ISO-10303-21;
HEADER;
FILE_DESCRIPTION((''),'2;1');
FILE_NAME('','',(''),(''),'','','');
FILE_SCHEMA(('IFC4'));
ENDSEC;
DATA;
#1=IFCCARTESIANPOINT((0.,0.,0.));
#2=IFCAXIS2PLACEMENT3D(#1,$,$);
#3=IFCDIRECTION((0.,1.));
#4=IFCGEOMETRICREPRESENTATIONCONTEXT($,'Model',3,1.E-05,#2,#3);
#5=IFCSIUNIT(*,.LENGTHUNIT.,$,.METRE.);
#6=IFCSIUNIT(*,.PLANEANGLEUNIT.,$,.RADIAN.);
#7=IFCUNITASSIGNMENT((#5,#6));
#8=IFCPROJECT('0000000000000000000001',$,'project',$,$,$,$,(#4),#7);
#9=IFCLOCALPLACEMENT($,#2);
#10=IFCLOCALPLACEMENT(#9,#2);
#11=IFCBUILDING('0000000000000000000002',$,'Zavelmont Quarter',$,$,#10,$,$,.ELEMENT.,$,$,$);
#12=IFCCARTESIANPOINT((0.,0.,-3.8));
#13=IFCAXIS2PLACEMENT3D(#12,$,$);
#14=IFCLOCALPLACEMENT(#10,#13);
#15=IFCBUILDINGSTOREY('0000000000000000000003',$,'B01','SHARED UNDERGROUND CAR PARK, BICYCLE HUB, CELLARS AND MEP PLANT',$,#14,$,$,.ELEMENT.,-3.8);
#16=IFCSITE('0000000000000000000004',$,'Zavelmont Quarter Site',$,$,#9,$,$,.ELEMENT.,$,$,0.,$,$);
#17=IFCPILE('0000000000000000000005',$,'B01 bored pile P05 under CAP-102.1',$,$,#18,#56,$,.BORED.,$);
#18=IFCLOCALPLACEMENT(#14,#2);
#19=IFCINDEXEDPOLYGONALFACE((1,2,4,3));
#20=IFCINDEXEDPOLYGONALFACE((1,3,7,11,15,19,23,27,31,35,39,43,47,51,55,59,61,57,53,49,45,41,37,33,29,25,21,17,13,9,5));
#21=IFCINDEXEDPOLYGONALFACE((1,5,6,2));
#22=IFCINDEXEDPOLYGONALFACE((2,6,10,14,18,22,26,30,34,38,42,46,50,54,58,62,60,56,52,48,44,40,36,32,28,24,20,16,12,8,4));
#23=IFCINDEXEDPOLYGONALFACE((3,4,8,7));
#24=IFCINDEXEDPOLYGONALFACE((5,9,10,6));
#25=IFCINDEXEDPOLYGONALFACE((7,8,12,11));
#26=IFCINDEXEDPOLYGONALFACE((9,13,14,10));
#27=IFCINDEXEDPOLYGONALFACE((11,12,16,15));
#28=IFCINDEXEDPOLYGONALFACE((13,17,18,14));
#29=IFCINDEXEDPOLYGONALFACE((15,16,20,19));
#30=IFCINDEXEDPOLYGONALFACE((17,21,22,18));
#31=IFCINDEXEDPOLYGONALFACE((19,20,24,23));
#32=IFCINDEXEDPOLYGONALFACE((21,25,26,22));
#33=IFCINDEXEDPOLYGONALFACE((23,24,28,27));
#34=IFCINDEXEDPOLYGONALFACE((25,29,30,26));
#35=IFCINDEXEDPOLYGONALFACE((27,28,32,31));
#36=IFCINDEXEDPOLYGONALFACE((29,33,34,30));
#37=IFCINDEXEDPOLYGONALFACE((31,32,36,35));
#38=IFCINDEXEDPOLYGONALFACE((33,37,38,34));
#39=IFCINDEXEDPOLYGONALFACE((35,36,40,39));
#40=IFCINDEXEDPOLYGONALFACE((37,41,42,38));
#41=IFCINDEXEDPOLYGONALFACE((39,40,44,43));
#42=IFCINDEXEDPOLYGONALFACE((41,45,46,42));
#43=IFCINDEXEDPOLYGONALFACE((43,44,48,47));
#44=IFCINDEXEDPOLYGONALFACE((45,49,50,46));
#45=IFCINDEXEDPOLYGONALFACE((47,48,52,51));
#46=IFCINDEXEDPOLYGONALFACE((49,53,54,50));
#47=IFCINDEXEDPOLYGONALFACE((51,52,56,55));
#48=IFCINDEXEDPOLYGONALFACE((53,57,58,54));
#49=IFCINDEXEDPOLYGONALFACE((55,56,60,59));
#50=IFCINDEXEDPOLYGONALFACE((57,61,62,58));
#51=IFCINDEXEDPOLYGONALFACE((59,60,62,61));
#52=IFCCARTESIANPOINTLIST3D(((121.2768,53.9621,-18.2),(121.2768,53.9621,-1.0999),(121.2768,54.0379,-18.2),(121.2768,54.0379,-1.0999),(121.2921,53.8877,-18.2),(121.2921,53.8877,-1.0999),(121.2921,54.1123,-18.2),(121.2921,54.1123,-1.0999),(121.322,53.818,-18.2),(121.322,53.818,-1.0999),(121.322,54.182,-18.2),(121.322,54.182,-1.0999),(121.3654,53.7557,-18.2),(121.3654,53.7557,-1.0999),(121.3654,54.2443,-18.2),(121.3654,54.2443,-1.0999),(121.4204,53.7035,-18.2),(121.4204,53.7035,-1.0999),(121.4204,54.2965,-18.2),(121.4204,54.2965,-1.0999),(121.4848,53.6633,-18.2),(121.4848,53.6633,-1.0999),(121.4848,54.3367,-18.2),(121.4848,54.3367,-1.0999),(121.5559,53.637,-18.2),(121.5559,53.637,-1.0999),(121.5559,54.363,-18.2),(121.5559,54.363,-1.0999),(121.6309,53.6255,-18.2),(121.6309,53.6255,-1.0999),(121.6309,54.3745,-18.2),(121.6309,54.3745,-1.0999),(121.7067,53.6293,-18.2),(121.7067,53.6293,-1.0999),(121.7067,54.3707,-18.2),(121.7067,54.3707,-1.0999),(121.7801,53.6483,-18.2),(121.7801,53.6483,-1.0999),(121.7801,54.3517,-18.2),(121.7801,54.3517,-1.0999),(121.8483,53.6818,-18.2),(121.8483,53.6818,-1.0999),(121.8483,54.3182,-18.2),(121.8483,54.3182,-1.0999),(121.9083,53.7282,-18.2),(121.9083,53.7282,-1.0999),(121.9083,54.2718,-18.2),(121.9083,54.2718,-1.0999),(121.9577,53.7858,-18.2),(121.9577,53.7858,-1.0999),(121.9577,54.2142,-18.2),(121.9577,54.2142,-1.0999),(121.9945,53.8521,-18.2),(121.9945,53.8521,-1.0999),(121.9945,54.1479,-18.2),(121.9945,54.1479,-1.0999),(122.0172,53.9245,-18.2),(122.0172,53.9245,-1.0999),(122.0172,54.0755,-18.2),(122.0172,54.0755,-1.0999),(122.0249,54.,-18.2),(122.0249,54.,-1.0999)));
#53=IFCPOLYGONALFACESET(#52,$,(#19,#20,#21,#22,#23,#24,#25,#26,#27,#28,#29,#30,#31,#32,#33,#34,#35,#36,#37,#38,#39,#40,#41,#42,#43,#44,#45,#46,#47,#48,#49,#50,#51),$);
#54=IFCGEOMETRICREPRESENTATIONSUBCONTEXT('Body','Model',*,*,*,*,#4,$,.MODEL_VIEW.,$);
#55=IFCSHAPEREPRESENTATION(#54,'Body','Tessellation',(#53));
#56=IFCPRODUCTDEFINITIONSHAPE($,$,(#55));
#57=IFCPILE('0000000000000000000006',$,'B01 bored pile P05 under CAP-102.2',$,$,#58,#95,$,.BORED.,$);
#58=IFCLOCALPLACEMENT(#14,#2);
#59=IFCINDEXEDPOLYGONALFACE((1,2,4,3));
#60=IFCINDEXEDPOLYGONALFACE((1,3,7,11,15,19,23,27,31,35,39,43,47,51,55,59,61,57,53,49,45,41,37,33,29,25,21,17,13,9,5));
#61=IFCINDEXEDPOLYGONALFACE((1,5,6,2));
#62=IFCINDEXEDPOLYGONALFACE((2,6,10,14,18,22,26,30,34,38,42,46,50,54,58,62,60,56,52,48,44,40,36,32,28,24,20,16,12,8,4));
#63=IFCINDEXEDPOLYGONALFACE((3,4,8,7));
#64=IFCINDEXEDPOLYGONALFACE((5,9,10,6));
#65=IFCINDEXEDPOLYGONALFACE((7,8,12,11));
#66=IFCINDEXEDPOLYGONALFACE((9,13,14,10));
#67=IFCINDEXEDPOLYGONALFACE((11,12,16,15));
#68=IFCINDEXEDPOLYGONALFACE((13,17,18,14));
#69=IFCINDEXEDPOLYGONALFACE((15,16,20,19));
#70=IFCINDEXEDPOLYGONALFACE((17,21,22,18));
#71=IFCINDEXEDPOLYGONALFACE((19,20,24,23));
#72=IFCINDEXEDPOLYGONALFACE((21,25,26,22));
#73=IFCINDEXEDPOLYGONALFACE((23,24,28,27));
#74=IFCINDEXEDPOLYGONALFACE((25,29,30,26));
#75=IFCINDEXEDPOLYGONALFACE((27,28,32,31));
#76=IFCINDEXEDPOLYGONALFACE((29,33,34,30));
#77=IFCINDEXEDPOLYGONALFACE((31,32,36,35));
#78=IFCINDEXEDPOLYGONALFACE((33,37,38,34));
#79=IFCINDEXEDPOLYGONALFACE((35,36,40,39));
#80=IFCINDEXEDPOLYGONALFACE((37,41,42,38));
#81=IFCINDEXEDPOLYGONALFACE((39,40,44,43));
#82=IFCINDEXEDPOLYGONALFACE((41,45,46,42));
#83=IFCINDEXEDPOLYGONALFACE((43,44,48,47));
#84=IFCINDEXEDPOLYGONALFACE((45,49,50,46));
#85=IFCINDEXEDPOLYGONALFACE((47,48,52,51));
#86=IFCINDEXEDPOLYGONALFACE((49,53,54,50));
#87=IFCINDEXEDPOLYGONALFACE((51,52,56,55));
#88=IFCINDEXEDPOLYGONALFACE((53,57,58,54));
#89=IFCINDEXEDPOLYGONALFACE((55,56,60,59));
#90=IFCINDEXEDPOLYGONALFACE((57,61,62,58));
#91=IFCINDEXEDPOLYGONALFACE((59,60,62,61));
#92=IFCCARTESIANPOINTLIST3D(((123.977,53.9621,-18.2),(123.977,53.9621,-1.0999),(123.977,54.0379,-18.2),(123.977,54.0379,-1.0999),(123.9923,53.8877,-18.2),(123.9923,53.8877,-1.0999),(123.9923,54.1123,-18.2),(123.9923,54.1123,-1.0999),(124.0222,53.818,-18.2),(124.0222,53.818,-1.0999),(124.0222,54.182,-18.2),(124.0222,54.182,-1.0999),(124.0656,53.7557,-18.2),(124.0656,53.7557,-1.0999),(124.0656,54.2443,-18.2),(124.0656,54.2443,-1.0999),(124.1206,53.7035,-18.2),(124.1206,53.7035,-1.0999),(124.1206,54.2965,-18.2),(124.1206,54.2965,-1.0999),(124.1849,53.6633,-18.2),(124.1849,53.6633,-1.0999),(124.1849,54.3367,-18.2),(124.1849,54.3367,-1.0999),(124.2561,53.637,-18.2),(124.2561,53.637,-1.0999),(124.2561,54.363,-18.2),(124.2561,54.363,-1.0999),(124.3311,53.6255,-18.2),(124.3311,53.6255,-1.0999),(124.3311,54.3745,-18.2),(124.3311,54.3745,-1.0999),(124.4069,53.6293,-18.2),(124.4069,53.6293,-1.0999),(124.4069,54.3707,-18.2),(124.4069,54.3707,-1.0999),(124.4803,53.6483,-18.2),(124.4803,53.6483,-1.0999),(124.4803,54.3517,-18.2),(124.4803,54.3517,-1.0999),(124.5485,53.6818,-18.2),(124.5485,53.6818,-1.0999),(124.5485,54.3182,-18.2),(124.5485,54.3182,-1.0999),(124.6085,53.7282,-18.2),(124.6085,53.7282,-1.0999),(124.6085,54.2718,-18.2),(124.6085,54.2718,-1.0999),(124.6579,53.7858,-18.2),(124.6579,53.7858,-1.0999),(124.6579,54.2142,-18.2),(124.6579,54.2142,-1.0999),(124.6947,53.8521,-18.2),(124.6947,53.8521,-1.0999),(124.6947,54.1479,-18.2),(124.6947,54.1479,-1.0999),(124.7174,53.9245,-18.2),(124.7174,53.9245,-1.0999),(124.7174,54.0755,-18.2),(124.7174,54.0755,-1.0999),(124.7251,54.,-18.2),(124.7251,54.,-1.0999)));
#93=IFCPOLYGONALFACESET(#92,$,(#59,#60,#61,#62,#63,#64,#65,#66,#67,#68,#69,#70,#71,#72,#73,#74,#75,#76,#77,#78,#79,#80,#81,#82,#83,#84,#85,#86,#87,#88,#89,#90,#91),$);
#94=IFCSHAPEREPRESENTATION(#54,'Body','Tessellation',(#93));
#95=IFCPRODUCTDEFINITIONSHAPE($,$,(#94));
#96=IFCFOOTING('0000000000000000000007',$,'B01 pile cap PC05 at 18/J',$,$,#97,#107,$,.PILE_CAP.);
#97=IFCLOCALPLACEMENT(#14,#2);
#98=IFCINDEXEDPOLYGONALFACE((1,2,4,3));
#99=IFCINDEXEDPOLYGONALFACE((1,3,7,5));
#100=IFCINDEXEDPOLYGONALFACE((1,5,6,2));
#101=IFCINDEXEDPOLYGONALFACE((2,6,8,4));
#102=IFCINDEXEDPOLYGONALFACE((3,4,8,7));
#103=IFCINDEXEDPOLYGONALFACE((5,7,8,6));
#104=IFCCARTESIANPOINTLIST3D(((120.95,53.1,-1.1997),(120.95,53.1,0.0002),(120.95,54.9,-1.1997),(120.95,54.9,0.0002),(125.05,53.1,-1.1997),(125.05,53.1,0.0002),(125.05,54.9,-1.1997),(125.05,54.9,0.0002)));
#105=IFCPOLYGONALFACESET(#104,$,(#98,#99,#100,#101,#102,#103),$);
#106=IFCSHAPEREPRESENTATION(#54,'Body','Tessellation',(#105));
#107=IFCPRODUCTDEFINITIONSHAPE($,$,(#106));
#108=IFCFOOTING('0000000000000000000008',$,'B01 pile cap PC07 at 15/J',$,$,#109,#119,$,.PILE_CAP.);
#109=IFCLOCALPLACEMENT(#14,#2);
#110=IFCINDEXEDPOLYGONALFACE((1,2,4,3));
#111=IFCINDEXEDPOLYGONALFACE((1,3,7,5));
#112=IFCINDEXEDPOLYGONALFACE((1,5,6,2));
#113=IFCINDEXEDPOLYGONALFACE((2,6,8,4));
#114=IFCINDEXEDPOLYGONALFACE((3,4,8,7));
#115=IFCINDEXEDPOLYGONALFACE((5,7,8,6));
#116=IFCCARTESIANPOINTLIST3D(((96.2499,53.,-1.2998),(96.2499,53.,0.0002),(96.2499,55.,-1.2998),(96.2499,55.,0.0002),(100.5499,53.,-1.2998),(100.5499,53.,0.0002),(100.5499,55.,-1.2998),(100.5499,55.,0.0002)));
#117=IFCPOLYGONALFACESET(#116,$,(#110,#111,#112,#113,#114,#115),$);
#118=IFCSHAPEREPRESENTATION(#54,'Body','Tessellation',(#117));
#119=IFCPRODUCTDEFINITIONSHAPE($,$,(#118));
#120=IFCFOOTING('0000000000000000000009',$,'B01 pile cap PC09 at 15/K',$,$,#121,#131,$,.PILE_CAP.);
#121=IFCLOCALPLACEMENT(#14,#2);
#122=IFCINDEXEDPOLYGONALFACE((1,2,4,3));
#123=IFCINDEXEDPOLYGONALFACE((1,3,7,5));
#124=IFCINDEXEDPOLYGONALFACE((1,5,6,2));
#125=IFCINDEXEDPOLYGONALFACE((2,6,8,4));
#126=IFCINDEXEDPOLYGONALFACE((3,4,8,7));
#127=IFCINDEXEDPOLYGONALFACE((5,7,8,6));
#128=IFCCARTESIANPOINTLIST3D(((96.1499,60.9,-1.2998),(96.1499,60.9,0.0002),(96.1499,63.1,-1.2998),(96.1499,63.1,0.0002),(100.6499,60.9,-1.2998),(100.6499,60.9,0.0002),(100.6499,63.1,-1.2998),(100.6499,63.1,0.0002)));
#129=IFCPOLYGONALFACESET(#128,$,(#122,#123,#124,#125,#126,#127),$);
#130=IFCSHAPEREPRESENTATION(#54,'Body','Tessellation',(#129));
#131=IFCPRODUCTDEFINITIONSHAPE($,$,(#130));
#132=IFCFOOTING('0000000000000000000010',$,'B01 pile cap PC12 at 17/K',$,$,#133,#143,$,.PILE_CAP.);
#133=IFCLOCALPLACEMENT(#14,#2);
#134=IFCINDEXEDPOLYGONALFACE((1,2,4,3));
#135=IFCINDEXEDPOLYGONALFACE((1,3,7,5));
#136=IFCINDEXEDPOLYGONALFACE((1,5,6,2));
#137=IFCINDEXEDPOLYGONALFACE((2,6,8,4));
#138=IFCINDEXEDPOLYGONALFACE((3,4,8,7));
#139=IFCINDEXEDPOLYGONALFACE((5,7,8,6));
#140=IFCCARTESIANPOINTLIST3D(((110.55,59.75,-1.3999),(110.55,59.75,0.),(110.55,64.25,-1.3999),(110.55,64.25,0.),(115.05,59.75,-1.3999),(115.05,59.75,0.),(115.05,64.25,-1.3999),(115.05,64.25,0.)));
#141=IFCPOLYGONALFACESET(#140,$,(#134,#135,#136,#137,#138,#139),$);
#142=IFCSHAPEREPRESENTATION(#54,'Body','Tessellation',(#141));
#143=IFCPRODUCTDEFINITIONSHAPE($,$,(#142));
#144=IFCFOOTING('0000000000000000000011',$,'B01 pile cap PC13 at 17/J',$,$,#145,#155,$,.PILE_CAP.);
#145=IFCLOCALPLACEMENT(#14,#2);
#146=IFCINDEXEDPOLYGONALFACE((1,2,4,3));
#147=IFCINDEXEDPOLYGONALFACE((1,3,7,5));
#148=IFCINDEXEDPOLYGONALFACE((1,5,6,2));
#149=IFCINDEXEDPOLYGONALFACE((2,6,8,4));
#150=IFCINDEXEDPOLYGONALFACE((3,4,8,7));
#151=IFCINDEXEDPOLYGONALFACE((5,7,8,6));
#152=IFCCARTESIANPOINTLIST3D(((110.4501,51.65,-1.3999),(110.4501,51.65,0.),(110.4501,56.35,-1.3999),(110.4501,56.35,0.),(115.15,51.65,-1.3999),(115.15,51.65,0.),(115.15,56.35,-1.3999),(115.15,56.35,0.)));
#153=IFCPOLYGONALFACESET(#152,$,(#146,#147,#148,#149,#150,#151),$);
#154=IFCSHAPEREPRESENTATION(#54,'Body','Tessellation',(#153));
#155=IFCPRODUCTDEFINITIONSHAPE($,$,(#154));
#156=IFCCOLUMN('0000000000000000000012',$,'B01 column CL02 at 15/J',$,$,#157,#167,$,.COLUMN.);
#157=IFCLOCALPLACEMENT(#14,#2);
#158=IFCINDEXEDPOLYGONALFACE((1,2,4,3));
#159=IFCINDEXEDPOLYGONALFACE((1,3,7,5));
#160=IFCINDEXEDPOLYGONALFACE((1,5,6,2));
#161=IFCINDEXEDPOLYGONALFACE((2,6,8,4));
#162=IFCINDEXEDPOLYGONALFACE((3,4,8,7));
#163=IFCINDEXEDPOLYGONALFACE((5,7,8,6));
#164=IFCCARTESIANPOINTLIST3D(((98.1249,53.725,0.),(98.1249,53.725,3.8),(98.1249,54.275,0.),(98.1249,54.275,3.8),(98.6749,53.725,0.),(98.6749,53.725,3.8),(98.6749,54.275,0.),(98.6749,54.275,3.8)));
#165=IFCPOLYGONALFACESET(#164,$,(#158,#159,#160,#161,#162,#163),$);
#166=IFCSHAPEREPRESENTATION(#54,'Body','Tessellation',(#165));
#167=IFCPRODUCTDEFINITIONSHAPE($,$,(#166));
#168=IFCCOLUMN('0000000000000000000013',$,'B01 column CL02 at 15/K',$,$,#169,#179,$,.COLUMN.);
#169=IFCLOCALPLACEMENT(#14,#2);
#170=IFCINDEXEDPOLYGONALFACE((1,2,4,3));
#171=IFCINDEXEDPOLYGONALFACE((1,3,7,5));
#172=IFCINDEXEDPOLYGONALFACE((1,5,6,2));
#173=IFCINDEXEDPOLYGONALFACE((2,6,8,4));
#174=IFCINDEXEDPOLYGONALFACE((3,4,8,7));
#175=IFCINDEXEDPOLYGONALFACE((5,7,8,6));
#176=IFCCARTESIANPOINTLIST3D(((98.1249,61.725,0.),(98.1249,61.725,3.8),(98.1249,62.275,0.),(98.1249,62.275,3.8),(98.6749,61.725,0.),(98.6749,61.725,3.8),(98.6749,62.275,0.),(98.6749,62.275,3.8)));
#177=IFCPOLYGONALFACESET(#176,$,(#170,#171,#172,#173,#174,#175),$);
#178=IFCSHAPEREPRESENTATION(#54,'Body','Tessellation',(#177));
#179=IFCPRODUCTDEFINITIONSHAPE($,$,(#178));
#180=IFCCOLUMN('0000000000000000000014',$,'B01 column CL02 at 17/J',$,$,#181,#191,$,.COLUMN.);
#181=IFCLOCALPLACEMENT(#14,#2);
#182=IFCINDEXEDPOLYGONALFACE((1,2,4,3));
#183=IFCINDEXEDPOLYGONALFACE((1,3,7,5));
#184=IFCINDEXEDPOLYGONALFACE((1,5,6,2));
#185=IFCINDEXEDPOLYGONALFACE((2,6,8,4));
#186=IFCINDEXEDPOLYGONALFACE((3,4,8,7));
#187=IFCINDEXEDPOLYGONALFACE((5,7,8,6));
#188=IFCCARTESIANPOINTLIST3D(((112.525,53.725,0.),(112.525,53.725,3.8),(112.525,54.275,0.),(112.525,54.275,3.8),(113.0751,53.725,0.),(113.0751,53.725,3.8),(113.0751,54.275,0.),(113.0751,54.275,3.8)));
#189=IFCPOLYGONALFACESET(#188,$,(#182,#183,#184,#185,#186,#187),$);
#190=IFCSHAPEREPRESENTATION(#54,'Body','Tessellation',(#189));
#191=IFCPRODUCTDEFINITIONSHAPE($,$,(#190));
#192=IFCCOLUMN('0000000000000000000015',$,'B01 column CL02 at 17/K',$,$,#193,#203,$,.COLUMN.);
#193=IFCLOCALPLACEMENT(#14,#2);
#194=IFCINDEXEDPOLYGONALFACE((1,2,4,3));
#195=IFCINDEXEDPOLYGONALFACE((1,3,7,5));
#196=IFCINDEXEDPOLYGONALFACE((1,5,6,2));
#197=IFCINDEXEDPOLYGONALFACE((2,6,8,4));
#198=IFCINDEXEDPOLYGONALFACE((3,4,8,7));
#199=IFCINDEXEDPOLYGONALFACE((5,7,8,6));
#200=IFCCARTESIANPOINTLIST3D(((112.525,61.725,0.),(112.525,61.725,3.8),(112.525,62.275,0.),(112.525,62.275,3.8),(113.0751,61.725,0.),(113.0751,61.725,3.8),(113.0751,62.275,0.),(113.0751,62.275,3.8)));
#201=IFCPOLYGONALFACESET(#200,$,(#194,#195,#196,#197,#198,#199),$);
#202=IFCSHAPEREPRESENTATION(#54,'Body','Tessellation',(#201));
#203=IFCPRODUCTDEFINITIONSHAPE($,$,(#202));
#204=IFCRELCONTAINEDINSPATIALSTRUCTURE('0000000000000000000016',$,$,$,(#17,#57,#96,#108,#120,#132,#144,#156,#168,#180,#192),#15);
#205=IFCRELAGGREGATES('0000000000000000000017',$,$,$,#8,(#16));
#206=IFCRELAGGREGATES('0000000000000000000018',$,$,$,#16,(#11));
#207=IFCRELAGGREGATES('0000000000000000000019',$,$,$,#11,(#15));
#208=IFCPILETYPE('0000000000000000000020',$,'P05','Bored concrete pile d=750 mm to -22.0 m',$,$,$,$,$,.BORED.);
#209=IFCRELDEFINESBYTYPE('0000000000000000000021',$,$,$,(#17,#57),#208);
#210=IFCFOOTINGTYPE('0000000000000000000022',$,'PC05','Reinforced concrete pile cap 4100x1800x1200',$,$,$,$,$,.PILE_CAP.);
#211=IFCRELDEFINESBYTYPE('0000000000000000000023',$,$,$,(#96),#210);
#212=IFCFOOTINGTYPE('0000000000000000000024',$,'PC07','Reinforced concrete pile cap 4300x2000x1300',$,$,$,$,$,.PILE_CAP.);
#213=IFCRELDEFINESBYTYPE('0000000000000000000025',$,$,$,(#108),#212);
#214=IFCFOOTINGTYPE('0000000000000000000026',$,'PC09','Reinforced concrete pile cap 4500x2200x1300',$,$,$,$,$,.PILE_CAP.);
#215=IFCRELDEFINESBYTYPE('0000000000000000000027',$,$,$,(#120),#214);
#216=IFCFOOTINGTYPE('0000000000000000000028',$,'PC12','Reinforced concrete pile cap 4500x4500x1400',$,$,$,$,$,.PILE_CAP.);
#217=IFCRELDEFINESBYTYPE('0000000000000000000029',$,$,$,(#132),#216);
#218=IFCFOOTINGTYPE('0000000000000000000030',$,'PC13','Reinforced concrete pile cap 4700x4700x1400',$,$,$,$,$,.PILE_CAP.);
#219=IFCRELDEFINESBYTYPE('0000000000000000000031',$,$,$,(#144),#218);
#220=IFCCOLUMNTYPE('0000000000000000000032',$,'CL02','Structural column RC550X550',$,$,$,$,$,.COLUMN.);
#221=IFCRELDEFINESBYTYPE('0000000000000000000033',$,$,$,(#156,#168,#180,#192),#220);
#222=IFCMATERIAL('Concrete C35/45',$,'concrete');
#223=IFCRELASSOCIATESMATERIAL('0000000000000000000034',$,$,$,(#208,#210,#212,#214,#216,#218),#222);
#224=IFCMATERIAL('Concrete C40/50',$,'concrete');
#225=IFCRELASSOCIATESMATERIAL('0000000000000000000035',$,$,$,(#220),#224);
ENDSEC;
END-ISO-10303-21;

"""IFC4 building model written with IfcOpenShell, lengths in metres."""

from ifc_helpers import new_model, si_unit, direction, frame, origin, origin_2d, place, context, subcontext, project, spatial, rectangle, circle, extrude, material, material_profile, profile_set, type_object, element, save


model = new_model("IFC4")

# Units and contexts
model_context = context("Model", 3, precision=1e-05, world=origin(), true_north=direction((0.0, 1.0)))
body_context = subcontext(model_context, "Body", "Model", "MODEL_VIEW")
ifc_project = project(units=[si_unit("LENGTHUNIT", "METRE"), si_unit("PLANEANGLEUNIT", "RADIAN")], contexts=[model_context])

# Site, building, storey
site_placement = place(None, origin())
site = spatial("IfcSite", under=ifc_project, at=site_placement, Name="Zavelmont Quarter Site", CompositionType="ELEMENT", RefElevation=0.0)
building_placement = place(site_placement, origin())
building = spatial("IfcBuilding", under=site, at=building_placement, Name="Zavelmont Quarter", CompositionType="ELEMENT")
storey_placement = place(building_placement, frame((0.0, 0.0, -3.8)))
storey = spatial("IfcBuildingStorey", under=building, at=storey_placement, Name="B01", Description="SHARED UNDERGROUND CAR PARK, BICYCLE HUB, CELLARS AND MEP PLANT", CompositionType="ELEMENT", Elevation=-3.8)

# Shared definitions
ifc_material_1 = material(Name="Concrete C35/45", Category="concrete")

# Piles
ifc_material_profile_1 = material_profile(ifc_material_1, circle(Radius=0.375, at=origin_2d()), Name="BP750")
ifc_profile_set_1 = profile_set([ifc_material_profile_1], Name="Concrete C35/45")
pile_type_1 = type_object("IfcPileType", Name="P05", Description="Bored concrete pile d=750 mm to -22.0 m", PredefinedType="BORED", material=ifc_profile_set_1)
for number, where, z_axis, x_axis, name in (
    (1, (121.6499, 54.0, -1.0999), (0.0, 0.0, -1.0), (1.0, 0.0, 0.0), "B01 bored pile P05 under CAP-102.1"),
    (2, (124.3501, 54.0, -1.0999), (0.0, 0.0, -1.0), (1.0, 0.0, 0.0), "B01 bored pile P05 under CAP-102.2"),
):
    element("IfcPile", number, at=place(storey_placement, frame(where, z_axis=z_axis, x_axis=x_axis)), inside=storey, type_object=pile_type_1, Name=name, PredefinedType="BORED", context=body_context, shape_type="SweptSolid", body=[
        extrude(circle(Radius=0.375, at=origin_2d()), origin(), (0.0, 0.0, 1.0), 17.1001),
    ])

# Footings
footing_type_1 = type_object("IfcFootingType", Name="PC05", Description="Reinforced concrete pile cap 4100x1800x1200", PredefinedType="PILE_CAP", material=ifc_material_1)
footing_1_placement = place(storey_placement, frame((123.0, 54.0, -1.1997), z_axis=(0.0, 0.0, 1.0), x_axis=(1.0, 0.0, 0.0)))
element("IfcFooting", 3, at=footing_1_placement, inside=storey, type_object=footing_type_1, Name="B01 pile cap PC05 at 18/J", PredefinedType="PILE_CAP", context=body_context, shape_type="SweptSolid", body=[
    extrude(rectangle(XDim=4.1001, YDim=1.8, at=origin_2d()), origin(), (0.0, 0.0, 1.0), 1.2),
])
footing_type_2 = type_object("IfcFootingType", Name="PC07", Description="Reinforced concrete pile cap 4300x2000x1300", PredefinedType="PILE_CAP", material=ifc_material_1)
footing_2_placement = place(storey_placement, frame((98.3999, 54.0, -1.2998), z_axis=(0.0, 0.0, 1.0), x_axis=(1.0, 0.0, 0.0)))
element("IfcFooting", 4, at=footing_2_placement, inside=storey, type_object=footing_type_2, Name="B01 pile cap PC07 at 15/J", PredefinedType="PILE_CAP", context=body_context, shape_type="SweptSolid", body=[
    extrude(rectangle(XDim=4.3, YDim=2.0, at=origin_2d()), origin(), (0.0, 0.0, 1.0), 1.3),
])
footing_type_3 = type_object("IfcFootingType", Name="PC09", Description="Reinforced concrete pile cap 4500x2200x1300", PredefinedType="PILE_CAP", material=ifc_material_1)
footing_3_placement = place(storey_placement, frame((98.3999, 62.0, -1.2998), z_axis=(0.0, 0.0, 1.0), x_axis=(1.0, 0.0, 0.0)))
element("IfcFooting", 5, at=footing_3_placement, inside=storey, type_object=footing_type_3, Name="B01 pile cap PC09 at 15/K", PredefinedType="PILE_CAP", context=body_context, shape_type="SweptSolid", body=[
    extrude(rectangle(XDim=4.5, YDim=2.2, at=origin_2d()), origin(), (0.0, 0.0, 1.0), 1.3),
])
footing_type_4 = type_object("IfcFootingType", Name="PC12", Description="Reinforced concrete pile cap 4500x4500x1400", PredefinedType="PILE_CAP", material=ifc_material_1)
footing_4_placement = place(storey_placement, frame((112.8, 62.0, -1.3999), z_axis=(0.0, 0.0, 1.0), x_axis=(1.0, 0.0, 0.0)))
element("IfcFooting", 6, at=footing_4_placement, inside=storey, type_object=footing_type_4, Name="B01 pile cap PC12 at 17/K", PredefinedType="PILE_CAP", context=body_context, shape_type="SweptSolid", body=[
    extrude(rectangle(XDim=4.5, YDim=4.5, at=origin_2d()), origin(), (0.0, 0.0, 1.0), 1.3999),
])
footing_type_5 = type_object("IfcFootingType", Name="PC13", Description="Reinforced concrete pile cap 4700x4700x1400", PredefinedType="PILE_CAP", material=ifc_material_1)
footing_5_placement = place(storey_placement, frame((112.8, 54.0, -1.3999), z_axis=(0.0, 0.0, 1.0), x_axis=(1.0, 0.0, 0.0)))
element("IfcFooting", 7, at=footing_5_placement, inside=storey, type_object=footing_type_5, Name="B01 pile cap PC13 at 17/J", PredefinedType="PILE_CAP", context=body_context, shape_type="SweptSolid", body=[
    extrude(rectangle(XDim=4.7, YDim=4.7, at=origin_2d()), origin(), (0.0, 0.0, 1.0), 1.3999),
])

# Columns
ifc_material_2 = material(Name="Concrete C40/50", Category="concrete")
ifc_material_profile_2 = material_profile(ifc_material_2, rectangle(XDim=0.55, YDim=0.55, at=origin_2d()), Name="RC550X550")
ifc_profile_set_2 = profile_set([ifc_material_profile_2], Name="Concrete C40/50")
column_type_1 = type_object("IfcColumnType", Name="CL02", Description="Structural column RC550X550", PredefinedType="COLUMN", material=ifc_profile_set_2)
for number, where, z_axis, x_axis, name in (
    (8, (98.3999, 54.0, 0.0), (0.0, 0.0, 1.0), (1.0, 0.0, 0.0), "B01 column CL02 at 15/J"),
    (9, (98.3999, 62.0, 0.0), (0.0, 0.0, 1.0), (1.0, 0.0, 0.0), "B01 column CL02 at 15/K"),
    (10, (112.8, 54.0, 0.0), (0.0, 0.0, 1.0), (1.0, 0.0, 0.0), "B01 column CL02 at 17/J"),
    (11, (112.8, 62.0, 0.0), (0.0, 0.0, 1.0), (1.0, 0.0, 0.0), "B01 column CL02 at 17/K"),
):
    element("IfcColumn", number, at=place(storey_placement, frame(where, z_axis=z_axis, x_axis=x_axis)), inside=storey, type_object=column_type_1, Name=name, PredefinedType="COLUMN", context=body_context, shape_type="SweptSolid", body=[
        extrude(rectangle(XDim=0.55, YDim=0.55, at=origin_2d()), origin(), (0.0, 0.0, 1.0), 3.8),
    ])

save(model, "model.ifc")
